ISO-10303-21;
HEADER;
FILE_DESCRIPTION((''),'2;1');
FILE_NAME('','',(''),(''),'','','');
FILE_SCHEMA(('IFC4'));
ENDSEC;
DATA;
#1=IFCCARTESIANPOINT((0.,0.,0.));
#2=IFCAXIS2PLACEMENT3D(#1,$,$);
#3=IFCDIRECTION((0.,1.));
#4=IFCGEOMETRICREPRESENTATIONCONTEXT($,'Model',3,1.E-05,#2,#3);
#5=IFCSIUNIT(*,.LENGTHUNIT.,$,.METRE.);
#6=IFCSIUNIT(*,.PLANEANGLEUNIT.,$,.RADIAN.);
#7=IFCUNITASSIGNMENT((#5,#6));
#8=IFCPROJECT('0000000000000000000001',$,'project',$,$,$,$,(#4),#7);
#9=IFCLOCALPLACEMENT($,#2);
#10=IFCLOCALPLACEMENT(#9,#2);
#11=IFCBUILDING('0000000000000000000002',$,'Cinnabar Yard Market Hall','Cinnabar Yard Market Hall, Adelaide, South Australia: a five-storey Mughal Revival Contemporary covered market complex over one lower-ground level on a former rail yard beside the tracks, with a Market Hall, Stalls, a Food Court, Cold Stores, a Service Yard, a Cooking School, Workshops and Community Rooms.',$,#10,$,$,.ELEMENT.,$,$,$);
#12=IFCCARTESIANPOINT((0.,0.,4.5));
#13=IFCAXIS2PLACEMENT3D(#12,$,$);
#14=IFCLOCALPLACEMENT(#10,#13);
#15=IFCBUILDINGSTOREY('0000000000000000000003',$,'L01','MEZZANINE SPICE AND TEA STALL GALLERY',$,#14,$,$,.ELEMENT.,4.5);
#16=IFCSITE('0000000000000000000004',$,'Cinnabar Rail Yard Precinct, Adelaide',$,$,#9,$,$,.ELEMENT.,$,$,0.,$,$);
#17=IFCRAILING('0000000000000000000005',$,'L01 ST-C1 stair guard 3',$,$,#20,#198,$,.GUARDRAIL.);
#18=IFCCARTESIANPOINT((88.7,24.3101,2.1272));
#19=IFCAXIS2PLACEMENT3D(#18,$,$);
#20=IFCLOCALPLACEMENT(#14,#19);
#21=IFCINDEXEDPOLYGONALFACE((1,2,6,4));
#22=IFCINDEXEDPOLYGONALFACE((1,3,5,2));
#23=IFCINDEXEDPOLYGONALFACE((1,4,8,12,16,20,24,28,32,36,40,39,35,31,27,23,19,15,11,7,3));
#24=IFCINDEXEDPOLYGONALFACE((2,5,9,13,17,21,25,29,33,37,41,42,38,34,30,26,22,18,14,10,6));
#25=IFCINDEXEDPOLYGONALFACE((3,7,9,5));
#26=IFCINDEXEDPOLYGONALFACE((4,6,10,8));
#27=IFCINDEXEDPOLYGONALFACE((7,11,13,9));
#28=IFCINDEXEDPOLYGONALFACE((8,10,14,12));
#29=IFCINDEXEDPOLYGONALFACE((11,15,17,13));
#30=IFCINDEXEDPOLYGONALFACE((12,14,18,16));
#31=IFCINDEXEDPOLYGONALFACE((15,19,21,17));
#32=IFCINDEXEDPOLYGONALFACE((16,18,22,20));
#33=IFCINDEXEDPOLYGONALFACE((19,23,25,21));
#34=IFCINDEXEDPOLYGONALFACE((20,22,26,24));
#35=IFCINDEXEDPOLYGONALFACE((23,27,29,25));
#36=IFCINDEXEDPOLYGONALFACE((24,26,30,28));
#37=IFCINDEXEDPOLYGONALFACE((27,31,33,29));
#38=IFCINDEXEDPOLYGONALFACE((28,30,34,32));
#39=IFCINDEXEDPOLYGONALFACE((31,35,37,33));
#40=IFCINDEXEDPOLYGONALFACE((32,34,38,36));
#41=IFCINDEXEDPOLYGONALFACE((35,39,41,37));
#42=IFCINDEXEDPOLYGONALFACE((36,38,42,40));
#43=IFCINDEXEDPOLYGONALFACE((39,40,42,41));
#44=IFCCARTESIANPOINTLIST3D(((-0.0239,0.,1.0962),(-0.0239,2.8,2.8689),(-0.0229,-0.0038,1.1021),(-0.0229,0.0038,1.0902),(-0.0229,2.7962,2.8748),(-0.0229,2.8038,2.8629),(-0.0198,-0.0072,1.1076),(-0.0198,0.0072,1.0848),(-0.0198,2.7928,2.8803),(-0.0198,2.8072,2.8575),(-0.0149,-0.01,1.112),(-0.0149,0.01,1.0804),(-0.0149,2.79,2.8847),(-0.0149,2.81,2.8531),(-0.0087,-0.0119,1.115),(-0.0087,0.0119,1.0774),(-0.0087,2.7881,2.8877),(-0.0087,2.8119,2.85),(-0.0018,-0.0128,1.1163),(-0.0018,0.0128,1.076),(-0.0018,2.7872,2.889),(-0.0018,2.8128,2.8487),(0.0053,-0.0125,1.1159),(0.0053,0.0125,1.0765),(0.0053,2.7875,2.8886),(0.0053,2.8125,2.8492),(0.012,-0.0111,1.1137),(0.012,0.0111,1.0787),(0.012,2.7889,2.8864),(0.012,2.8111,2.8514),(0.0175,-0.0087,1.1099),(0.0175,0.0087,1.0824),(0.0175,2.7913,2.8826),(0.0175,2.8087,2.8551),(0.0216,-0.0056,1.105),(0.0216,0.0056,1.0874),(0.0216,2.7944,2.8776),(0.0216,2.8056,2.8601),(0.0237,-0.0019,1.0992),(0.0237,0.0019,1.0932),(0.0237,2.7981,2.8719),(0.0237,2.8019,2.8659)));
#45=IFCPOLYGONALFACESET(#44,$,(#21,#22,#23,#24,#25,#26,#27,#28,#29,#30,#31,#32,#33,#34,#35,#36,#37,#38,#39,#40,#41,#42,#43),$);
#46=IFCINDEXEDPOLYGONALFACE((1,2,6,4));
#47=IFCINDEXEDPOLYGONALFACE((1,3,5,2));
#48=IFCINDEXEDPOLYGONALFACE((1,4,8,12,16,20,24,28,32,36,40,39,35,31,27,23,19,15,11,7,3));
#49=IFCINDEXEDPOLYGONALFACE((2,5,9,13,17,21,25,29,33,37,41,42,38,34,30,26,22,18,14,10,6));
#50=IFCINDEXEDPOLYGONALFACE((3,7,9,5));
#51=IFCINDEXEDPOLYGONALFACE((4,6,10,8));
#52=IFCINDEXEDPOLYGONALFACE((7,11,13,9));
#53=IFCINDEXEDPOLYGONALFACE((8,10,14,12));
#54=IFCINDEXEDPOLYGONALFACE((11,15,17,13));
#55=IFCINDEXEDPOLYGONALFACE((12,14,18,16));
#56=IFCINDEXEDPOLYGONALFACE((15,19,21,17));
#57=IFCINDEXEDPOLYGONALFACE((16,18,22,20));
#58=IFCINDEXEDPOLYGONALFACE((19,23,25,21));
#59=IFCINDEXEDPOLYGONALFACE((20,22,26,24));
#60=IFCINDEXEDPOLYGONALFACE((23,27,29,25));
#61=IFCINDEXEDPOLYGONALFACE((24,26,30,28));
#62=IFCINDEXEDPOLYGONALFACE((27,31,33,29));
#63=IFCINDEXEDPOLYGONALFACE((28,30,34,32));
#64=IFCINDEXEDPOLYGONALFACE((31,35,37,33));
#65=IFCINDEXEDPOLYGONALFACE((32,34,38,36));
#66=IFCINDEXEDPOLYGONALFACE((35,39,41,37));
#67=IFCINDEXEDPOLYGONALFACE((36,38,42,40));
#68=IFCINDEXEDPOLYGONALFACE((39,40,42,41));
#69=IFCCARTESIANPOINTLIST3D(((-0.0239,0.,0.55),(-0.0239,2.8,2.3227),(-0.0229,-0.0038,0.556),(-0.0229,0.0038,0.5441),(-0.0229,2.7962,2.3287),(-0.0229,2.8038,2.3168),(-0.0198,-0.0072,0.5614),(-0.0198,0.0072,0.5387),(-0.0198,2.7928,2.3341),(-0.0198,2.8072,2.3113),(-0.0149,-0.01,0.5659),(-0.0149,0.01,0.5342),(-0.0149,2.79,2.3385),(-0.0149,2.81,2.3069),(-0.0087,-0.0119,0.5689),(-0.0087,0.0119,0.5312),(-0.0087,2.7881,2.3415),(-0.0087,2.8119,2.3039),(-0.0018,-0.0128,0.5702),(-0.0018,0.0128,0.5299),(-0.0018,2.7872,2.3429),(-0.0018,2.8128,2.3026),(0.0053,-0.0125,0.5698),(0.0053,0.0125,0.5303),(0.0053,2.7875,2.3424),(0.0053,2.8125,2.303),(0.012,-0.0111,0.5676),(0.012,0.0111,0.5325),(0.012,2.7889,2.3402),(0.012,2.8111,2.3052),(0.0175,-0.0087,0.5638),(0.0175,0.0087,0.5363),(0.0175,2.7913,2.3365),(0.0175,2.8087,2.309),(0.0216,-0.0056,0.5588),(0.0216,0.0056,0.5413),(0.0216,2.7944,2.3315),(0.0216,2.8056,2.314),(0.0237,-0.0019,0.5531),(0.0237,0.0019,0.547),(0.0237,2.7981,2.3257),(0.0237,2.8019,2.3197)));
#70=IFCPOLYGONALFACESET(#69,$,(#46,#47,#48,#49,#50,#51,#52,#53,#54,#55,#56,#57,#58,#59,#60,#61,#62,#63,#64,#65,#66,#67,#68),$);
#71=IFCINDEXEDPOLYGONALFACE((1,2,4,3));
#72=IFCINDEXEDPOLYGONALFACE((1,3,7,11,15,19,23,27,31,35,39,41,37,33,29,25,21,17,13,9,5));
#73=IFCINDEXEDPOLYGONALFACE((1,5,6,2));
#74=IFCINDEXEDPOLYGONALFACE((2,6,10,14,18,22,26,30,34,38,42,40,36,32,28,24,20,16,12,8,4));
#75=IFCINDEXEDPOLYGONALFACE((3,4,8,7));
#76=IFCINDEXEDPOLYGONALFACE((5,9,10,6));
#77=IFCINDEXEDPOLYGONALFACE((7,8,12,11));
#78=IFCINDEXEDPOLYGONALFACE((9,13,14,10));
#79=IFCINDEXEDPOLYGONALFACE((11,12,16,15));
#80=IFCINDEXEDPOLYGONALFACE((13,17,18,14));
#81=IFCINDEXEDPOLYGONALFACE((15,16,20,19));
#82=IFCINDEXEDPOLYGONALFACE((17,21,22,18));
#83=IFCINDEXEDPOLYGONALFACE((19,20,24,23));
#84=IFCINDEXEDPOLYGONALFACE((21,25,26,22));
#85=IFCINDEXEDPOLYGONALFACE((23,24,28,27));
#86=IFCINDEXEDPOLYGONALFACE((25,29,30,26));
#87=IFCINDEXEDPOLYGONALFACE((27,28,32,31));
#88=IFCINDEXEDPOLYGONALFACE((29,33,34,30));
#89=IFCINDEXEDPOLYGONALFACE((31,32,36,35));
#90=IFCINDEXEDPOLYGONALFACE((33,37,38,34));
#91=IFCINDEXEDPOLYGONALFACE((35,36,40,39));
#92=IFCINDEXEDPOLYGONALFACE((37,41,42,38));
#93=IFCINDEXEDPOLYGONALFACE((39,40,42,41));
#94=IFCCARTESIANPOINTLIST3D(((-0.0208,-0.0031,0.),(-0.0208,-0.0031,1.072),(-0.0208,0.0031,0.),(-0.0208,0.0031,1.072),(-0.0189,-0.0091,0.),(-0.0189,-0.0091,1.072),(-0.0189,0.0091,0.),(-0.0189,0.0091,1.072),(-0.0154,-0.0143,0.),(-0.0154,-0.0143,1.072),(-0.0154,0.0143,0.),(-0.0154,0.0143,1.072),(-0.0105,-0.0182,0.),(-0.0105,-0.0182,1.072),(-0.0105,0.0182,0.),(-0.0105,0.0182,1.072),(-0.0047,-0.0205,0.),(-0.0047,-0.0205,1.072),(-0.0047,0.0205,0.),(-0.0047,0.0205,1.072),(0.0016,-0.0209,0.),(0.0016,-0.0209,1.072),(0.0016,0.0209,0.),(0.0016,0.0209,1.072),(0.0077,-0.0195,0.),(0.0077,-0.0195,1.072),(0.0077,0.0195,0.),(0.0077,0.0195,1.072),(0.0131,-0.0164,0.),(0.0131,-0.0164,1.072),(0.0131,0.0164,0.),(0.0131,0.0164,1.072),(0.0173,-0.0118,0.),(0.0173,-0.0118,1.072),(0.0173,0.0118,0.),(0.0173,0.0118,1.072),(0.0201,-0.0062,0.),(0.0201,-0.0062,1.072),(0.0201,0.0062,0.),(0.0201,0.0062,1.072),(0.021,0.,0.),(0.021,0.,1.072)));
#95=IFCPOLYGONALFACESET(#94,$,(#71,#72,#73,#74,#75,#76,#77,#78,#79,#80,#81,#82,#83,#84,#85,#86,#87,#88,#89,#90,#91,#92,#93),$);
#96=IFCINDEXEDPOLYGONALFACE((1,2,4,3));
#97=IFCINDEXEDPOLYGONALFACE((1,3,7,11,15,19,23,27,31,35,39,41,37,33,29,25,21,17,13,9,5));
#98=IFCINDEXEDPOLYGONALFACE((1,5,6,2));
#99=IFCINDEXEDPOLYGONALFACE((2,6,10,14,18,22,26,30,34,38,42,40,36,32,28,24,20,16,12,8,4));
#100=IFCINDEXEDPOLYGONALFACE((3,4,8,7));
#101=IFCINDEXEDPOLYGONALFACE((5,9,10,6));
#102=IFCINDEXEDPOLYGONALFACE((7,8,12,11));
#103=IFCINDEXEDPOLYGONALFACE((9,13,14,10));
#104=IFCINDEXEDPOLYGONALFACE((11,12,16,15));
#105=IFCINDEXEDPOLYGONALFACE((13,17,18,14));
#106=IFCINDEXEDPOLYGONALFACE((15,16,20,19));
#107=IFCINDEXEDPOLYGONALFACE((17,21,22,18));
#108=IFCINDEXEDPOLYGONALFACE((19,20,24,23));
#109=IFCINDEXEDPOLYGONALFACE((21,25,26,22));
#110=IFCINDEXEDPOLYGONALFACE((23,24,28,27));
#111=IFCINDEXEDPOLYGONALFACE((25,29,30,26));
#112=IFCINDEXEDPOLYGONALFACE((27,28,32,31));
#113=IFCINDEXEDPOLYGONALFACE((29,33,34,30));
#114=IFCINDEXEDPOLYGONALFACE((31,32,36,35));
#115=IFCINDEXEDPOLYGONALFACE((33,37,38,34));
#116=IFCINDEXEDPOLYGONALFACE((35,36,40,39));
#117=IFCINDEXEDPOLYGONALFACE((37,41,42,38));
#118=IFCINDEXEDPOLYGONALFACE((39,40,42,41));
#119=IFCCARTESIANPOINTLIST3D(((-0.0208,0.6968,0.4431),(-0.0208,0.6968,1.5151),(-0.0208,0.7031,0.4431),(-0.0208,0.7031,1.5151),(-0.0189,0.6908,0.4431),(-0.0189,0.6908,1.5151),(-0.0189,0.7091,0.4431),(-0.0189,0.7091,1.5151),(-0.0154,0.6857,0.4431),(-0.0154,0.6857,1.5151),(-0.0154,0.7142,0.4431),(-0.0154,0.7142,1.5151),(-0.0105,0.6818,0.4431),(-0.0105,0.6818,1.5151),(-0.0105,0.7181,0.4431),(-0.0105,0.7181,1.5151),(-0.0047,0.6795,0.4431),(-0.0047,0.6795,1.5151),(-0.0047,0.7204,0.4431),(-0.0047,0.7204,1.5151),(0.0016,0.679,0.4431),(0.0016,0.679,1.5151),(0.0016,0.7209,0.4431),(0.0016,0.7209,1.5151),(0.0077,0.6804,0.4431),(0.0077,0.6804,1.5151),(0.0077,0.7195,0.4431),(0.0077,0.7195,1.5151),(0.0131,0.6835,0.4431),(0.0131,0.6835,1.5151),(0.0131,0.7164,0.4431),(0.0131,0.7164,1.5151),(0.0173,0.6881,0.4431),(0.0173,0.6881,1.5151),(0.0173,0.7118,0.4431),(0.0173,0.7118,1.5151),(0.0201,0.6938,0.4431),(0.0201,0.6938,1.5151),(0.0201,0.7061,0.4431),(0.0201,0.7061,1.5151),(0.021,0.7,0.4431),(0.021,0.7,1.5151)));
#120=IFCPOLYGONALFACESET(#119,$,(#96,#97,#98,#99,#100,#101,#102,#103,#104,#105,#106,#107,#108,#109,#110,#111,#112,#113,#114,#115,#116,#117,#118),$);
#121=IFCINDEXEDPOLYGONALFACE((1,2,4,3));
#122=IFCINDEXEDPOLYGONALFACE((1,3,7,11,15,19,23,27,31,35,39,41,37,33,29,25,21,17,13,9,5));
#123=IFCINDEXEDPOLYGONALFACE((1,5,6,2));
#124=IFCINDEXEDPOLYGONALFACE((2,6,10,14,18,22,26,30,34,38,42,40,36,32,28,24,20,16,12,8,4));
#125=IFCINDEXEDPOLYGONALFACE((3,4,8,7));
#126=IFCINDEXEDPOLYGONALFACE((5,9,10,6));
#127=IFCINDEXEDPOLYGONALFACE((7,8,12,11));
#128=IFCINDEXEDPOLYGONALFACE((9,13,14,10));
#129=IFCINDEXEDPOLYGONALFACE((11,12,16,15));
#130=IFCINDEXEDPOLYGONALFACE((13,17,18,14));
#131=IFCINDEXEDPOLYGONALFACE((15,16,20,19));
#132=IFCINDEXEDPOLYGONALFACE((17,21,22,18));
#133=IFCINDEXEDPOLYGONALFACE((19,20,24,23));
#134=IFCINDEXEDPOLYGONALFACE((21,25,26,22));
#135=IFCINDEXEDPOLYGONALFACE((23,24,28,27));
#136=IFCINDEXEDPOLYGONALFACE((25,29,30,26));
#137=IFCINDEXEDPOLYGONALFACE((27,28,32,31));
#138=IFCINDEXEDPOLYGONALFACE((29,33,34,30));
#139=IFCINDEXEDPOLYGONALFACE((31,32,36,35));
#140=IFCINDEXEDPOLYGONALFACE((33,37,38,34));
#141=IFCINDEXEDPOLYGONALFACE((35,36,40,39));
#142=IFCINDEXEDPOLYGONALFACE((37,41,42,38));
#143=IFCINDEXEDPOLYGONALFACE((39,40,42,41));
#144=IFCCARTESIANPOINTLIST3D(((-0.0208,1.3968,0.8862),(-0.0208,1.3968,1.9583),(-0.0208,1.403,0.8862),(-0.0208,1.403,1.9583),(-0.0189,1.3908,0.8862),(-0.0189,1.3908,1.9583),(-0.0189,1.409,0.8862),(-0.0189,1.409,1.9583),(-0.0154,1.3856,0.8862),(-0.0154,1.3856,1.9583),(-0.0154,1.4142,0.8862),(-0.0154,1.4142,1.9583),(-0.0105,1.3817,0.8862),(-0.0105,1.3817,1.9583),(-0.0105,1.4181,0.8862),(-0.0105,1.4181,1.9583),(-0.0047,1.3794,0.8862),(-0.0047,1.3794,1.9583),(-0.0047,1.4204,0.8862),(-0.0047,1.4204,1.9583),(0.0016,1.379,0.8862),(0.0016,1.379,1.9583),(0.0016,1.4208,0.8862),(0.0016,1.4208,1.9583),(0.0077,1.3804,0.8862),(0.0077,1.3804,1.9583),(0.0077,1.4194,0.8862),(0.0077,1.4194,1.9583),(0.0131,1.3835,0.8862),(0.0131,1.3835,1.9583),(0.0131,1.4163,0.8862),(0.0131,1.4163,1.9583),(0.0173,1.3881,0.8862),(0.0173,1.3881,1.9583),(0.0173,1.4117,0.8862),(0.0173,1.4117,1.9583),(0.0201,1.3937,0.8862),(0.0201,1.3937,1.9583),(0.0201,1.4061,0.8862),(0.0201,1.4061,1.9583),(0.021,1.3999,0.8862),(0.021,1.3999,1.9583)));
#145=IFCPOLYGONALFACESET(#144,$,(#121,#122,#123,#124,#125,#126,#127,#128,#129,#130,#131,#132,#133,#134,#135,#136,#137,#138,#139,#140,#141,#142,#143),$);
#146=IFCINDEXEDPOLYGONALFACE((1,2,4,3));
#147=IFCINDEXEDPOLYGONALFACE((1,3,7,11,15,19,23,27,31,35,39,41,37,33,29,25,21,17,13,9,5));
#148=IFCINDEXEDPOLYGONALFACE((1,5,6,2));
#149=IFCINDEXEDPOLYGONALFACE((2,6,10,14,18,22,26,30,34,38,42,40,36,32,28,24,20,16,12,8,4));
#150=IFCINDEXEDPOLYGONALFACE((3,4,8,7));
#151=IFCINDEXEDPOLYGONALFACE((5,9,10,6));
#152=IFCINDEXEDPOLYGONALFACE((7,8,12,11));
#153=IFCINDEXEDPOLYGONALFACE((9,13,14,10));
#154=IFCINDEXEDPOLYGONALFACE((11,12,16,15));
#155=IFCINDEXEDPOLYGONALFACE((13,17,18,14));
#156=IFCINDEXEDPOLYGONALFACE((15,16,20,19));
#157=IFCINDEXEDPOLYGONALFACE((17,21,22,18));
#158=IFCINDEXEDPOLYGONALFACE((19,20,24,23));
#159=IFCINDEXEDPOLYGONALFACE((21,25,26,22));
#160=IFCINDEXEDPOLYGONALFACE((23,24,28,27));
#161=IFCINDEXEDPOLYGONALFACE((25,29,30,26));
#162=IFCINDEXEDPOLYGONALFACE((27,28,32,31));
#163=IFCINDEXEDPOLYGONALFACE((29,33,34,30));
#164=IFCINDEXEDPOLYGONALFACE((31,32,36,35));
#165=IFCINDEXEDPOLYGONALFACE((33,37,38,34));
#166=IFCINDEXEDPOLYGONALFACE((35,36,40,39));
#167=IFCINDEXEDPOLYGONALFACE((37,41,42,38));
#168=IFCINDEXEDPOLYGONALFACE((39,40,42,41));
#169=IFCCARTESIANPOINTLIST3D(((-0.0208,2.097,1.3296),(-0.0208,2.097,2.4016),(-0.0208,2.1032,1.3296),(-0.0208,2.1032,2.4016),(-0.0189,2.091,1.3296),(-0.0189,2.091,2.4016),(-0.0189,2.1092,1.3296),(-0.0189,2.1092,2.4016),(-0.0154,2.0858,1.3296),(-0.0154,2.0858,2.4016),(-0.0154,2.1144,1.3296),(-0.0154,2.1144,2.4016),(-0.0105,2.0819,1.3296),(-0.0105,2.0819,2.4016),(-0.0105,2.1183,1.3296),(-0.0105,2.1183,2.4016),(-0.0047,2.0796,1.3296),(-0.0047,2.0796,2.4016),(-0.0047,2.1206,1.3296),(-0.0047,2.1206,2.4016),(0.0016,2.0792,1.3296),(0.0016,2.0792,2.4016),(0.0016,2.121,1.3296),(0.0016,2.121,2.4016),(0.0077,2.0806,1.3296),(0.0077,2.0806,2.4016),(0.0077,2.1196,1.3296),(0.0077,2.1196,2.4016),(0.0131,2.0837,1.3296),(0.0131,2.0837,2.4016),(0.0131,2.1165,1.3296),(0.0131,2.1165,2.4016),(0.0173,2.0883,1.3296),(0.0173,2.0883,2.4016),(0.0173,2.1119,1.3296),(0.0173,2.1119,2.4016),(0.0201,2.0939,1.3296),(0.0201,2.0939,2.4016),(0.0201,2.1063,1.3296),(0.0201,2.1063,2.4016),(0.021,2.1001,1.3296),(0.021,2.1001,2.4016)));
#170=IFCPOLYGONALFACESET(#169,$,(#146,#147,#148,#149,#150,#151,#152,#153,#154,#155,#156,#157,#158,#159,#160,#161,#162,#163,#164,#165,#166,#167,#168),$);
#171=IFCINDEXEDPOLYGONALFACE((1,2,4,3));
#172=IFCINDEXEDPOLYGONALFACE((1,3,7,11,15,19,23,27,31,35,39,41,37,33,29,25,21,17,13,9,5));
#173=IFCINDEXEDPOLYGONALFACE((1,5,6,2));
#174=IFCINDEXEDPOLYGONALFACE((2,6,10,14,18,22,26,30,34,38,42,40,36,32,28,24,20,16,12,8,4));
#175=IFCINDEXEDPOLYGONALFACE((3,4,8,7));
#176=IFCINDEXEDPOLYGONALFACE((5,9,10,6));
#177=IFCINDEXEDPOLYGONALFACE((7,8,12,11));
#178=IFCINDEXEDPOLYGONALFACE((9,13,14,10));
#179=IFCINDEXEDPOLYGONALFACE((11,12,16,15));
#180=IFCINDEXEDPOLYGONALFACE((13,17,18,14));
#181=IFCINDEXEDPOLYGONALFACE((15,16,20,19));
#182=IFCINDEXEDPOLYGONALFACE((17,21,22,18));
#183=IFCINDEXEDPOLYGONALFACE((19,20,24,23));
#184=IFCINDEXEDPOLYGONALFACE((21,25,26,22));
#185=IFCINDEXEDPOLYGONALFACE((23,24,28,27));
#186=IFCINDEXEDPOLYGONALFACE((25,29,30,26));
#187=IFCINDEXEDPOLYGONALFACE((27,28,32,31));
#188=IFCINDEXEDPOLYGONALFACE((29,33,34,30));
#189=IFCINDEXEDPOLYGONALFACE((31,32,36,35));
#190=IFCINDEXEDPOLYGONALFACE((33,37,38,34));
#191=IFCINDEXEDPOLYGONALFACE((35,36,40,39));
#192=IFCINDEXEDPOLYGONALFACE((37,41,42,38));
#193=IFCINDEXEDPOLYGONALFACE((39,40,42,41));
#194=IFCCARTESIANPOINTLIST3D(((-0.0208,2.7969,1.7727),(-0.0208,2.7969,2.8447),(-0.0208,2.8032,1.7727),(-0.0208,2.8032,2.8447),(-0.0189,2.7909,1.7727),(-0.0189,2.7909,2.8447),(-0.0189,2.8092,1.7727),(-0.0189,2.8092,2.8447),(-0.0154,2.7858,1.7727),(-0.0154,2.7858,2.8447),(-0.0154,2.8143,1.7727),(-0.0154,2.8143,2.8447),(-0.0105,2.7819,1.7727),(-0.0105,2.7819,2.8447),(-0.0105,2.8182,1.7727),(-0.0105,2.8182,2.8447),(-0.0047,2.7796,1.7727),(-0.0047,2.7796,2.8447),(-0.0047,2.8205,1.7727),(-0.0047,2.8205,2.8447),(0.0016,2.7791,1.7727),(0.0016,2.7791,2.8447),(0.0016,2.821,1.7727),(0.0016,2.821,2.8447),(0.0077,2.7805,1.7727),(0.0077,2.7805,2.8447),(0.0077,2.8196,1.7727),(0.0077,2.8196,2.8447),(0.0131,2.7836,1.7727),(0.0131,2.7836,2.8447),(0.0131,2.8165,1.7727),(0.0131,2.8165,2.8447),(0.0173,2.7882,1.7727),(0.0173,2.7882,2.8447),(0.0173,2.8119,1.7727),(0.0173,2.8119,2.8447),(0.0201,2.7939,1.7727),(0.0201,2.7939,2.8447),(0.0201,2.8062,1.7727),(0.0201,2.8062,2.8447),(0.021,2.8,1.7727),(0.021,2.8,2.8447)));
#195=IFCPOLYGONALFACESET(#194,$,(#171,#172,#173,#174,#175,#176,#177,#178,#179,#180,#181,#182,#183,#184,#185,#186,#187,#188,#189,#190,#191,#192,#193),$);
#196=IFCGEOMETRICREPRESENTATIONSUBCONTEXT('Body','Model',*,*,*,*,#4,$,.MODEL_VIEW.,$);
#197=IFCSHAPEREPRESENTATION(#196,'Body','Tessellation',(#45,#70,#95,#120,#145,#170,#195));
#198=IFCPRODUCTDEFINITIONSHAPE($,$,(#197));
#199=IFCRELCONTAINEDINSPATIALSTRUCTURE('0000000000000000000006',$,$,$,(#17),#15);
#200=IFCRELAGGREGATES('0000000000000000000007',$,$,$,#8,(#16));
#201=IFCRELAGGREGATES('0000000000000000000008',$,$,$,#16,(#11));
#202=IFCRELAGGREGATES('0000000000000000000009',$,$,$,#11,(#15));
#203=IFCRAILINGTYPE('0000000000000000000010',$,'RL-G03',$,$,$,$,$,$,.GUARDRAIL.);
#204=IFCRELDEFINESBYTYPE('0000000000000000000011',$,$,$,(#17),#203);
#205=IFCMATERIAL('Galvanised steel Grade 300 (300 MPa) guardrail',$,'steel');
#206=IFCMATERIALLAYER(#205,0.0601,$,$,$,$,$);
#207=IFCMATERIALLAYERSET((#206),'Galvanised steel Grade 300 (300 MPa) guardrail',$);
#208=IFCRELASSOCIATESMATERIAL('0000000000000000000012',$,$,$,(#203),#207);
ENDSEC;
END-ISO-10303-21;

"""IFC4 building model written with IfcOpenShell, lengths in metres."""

from ifc_helpers import new_model, si_unit, direction, frame, origin, origin_2d_with_axis, place, context, subcontext, project, spatial, circle, extrude, material, layer, layer_set, type_object, element, save


model = new_model("IFC4")

# Units and contexts
model_context = context("Model", 3, precision=1e-05, world=origin(), true_north=direction((0.0, 1.0)))
body_context = subcontext(model_context, "Body", "Model", "MODEL_VIEW")
ifc_project = project(units=[si_unit("LENGTHUNIT", "METRE"), si_unit("PLANEANGLEUNIT", "RADIAN")], contexts=[model_context])

# Site, building, storey
site_placement = place(None, origin())
site = spatial("IfcSite", under=ifc_project, at=site_placement, Name="Cinnabar Rail Yard Precinct, Adelaide", CompositionType="ELEMENT", RefElevation=0.0)
building_placement = place(site_placement, origin())
building = spatial("IfcBuilding", under=site, at=building_placement, Name="Cinnabar Yard Market Hall", Description="Cinnabar Yard Market Hall, Adelaide, South Australia: a five-storey Mughal Revival Contemporary covered market complex over one lower-ground level on a former rail yard beside the tracks, with a Market Hall, Stalls, a Food Court, Cold Stores, a Service Yard, a Cooking School, Workshops and Community Rooms.", CompositionType="ELEMENT")
storey_placement = place(building_placement, frame((0.0, 0.0, 4.5)))
storey = spatial("IfcBuildingStorey", under=building, at=storey_placement, Name="L01", Description="MEZZANINE SPICE AND TEA STALL GALLERY", CompositionType="ELEMENT", Elevation=4.5)

# Railing
ifc_material_1 = material(Name="Galvanised steel Grade 300 (300 MPa) guardrail", Category="steel")
ifc_layer_1 = layer(ifc_material_1, 0.0601)
ifc_layer_set_1 = layer_set([ifc_layer_1], Name="Galvanised steel Grade 300 (300 MPa) guardrail")
railing_type_1 = type_object("IfcRailingType", Name="RL-G03", PredefinedType="GUARDRAIL", material=ifc_layer_set_1)
railing_1_placement = place(storey_placement, frame((88.7, 24.3101, 2.1272)))
element("IfcRailing", 1, at=railing_1_placement, inside=storey, type_object=railing_type_1, Name="L01 ST-C1 stair guard 3", PredefinedType="GUARDRAIL", context=body_context, shape_type="SweptSolid", body=[
    extrude(circle(Radius=0.0239, at=origin_2d_with_axis()), frame((0.0, 0.0, 1.0962), z_axis=(0.0, 0.844909, 0.53491), x_axis=(-1.0, 0.0, 0.0)), (0.0, 0.0, 1.0), 3.314),
    extrude(circle(Radius=0.0239, at=origin_2d_with_axis()), frame((0.0, 0.0, 0.55), z_axis=(0.0, 0.844909, 0.53491), x_axis=(-1.0, 0.0, 0.0)), (0.0, 0.0, 1.0), 3.314),
    extrude(circle(Radius=0.021, at=origin_2d_with_axis()), origin(), (0.0, 0.0, 1.0), 1.072),
    extrude(circle(Radius=0.021, at=origin_2d_with_axis()), frame((0.0, 0.7, 0.4431)), (0.0, 0.0, 1.0), 1.072),
    extrude(circle(Radius=0.021, at=origin_2d_with_axis()), frame((0.0, 1.3999, 0.8862)), (0.0, 0.0, 1.0), 1.072),
    extrude(circle(Radius=0.021, at=origin_2d_with_axis()), frame((0.0, 2.1001, 1.3296)), (0.0, 0.0, 1.0), 1.072),
    extrude(circle(Radius=0.021, at=origin_2d_with_axis()), frame((0.0, 2.8, 1.7727)), (0.0, 0.0, 1.0), 1.072),
])

save(model, "model.ifc")
